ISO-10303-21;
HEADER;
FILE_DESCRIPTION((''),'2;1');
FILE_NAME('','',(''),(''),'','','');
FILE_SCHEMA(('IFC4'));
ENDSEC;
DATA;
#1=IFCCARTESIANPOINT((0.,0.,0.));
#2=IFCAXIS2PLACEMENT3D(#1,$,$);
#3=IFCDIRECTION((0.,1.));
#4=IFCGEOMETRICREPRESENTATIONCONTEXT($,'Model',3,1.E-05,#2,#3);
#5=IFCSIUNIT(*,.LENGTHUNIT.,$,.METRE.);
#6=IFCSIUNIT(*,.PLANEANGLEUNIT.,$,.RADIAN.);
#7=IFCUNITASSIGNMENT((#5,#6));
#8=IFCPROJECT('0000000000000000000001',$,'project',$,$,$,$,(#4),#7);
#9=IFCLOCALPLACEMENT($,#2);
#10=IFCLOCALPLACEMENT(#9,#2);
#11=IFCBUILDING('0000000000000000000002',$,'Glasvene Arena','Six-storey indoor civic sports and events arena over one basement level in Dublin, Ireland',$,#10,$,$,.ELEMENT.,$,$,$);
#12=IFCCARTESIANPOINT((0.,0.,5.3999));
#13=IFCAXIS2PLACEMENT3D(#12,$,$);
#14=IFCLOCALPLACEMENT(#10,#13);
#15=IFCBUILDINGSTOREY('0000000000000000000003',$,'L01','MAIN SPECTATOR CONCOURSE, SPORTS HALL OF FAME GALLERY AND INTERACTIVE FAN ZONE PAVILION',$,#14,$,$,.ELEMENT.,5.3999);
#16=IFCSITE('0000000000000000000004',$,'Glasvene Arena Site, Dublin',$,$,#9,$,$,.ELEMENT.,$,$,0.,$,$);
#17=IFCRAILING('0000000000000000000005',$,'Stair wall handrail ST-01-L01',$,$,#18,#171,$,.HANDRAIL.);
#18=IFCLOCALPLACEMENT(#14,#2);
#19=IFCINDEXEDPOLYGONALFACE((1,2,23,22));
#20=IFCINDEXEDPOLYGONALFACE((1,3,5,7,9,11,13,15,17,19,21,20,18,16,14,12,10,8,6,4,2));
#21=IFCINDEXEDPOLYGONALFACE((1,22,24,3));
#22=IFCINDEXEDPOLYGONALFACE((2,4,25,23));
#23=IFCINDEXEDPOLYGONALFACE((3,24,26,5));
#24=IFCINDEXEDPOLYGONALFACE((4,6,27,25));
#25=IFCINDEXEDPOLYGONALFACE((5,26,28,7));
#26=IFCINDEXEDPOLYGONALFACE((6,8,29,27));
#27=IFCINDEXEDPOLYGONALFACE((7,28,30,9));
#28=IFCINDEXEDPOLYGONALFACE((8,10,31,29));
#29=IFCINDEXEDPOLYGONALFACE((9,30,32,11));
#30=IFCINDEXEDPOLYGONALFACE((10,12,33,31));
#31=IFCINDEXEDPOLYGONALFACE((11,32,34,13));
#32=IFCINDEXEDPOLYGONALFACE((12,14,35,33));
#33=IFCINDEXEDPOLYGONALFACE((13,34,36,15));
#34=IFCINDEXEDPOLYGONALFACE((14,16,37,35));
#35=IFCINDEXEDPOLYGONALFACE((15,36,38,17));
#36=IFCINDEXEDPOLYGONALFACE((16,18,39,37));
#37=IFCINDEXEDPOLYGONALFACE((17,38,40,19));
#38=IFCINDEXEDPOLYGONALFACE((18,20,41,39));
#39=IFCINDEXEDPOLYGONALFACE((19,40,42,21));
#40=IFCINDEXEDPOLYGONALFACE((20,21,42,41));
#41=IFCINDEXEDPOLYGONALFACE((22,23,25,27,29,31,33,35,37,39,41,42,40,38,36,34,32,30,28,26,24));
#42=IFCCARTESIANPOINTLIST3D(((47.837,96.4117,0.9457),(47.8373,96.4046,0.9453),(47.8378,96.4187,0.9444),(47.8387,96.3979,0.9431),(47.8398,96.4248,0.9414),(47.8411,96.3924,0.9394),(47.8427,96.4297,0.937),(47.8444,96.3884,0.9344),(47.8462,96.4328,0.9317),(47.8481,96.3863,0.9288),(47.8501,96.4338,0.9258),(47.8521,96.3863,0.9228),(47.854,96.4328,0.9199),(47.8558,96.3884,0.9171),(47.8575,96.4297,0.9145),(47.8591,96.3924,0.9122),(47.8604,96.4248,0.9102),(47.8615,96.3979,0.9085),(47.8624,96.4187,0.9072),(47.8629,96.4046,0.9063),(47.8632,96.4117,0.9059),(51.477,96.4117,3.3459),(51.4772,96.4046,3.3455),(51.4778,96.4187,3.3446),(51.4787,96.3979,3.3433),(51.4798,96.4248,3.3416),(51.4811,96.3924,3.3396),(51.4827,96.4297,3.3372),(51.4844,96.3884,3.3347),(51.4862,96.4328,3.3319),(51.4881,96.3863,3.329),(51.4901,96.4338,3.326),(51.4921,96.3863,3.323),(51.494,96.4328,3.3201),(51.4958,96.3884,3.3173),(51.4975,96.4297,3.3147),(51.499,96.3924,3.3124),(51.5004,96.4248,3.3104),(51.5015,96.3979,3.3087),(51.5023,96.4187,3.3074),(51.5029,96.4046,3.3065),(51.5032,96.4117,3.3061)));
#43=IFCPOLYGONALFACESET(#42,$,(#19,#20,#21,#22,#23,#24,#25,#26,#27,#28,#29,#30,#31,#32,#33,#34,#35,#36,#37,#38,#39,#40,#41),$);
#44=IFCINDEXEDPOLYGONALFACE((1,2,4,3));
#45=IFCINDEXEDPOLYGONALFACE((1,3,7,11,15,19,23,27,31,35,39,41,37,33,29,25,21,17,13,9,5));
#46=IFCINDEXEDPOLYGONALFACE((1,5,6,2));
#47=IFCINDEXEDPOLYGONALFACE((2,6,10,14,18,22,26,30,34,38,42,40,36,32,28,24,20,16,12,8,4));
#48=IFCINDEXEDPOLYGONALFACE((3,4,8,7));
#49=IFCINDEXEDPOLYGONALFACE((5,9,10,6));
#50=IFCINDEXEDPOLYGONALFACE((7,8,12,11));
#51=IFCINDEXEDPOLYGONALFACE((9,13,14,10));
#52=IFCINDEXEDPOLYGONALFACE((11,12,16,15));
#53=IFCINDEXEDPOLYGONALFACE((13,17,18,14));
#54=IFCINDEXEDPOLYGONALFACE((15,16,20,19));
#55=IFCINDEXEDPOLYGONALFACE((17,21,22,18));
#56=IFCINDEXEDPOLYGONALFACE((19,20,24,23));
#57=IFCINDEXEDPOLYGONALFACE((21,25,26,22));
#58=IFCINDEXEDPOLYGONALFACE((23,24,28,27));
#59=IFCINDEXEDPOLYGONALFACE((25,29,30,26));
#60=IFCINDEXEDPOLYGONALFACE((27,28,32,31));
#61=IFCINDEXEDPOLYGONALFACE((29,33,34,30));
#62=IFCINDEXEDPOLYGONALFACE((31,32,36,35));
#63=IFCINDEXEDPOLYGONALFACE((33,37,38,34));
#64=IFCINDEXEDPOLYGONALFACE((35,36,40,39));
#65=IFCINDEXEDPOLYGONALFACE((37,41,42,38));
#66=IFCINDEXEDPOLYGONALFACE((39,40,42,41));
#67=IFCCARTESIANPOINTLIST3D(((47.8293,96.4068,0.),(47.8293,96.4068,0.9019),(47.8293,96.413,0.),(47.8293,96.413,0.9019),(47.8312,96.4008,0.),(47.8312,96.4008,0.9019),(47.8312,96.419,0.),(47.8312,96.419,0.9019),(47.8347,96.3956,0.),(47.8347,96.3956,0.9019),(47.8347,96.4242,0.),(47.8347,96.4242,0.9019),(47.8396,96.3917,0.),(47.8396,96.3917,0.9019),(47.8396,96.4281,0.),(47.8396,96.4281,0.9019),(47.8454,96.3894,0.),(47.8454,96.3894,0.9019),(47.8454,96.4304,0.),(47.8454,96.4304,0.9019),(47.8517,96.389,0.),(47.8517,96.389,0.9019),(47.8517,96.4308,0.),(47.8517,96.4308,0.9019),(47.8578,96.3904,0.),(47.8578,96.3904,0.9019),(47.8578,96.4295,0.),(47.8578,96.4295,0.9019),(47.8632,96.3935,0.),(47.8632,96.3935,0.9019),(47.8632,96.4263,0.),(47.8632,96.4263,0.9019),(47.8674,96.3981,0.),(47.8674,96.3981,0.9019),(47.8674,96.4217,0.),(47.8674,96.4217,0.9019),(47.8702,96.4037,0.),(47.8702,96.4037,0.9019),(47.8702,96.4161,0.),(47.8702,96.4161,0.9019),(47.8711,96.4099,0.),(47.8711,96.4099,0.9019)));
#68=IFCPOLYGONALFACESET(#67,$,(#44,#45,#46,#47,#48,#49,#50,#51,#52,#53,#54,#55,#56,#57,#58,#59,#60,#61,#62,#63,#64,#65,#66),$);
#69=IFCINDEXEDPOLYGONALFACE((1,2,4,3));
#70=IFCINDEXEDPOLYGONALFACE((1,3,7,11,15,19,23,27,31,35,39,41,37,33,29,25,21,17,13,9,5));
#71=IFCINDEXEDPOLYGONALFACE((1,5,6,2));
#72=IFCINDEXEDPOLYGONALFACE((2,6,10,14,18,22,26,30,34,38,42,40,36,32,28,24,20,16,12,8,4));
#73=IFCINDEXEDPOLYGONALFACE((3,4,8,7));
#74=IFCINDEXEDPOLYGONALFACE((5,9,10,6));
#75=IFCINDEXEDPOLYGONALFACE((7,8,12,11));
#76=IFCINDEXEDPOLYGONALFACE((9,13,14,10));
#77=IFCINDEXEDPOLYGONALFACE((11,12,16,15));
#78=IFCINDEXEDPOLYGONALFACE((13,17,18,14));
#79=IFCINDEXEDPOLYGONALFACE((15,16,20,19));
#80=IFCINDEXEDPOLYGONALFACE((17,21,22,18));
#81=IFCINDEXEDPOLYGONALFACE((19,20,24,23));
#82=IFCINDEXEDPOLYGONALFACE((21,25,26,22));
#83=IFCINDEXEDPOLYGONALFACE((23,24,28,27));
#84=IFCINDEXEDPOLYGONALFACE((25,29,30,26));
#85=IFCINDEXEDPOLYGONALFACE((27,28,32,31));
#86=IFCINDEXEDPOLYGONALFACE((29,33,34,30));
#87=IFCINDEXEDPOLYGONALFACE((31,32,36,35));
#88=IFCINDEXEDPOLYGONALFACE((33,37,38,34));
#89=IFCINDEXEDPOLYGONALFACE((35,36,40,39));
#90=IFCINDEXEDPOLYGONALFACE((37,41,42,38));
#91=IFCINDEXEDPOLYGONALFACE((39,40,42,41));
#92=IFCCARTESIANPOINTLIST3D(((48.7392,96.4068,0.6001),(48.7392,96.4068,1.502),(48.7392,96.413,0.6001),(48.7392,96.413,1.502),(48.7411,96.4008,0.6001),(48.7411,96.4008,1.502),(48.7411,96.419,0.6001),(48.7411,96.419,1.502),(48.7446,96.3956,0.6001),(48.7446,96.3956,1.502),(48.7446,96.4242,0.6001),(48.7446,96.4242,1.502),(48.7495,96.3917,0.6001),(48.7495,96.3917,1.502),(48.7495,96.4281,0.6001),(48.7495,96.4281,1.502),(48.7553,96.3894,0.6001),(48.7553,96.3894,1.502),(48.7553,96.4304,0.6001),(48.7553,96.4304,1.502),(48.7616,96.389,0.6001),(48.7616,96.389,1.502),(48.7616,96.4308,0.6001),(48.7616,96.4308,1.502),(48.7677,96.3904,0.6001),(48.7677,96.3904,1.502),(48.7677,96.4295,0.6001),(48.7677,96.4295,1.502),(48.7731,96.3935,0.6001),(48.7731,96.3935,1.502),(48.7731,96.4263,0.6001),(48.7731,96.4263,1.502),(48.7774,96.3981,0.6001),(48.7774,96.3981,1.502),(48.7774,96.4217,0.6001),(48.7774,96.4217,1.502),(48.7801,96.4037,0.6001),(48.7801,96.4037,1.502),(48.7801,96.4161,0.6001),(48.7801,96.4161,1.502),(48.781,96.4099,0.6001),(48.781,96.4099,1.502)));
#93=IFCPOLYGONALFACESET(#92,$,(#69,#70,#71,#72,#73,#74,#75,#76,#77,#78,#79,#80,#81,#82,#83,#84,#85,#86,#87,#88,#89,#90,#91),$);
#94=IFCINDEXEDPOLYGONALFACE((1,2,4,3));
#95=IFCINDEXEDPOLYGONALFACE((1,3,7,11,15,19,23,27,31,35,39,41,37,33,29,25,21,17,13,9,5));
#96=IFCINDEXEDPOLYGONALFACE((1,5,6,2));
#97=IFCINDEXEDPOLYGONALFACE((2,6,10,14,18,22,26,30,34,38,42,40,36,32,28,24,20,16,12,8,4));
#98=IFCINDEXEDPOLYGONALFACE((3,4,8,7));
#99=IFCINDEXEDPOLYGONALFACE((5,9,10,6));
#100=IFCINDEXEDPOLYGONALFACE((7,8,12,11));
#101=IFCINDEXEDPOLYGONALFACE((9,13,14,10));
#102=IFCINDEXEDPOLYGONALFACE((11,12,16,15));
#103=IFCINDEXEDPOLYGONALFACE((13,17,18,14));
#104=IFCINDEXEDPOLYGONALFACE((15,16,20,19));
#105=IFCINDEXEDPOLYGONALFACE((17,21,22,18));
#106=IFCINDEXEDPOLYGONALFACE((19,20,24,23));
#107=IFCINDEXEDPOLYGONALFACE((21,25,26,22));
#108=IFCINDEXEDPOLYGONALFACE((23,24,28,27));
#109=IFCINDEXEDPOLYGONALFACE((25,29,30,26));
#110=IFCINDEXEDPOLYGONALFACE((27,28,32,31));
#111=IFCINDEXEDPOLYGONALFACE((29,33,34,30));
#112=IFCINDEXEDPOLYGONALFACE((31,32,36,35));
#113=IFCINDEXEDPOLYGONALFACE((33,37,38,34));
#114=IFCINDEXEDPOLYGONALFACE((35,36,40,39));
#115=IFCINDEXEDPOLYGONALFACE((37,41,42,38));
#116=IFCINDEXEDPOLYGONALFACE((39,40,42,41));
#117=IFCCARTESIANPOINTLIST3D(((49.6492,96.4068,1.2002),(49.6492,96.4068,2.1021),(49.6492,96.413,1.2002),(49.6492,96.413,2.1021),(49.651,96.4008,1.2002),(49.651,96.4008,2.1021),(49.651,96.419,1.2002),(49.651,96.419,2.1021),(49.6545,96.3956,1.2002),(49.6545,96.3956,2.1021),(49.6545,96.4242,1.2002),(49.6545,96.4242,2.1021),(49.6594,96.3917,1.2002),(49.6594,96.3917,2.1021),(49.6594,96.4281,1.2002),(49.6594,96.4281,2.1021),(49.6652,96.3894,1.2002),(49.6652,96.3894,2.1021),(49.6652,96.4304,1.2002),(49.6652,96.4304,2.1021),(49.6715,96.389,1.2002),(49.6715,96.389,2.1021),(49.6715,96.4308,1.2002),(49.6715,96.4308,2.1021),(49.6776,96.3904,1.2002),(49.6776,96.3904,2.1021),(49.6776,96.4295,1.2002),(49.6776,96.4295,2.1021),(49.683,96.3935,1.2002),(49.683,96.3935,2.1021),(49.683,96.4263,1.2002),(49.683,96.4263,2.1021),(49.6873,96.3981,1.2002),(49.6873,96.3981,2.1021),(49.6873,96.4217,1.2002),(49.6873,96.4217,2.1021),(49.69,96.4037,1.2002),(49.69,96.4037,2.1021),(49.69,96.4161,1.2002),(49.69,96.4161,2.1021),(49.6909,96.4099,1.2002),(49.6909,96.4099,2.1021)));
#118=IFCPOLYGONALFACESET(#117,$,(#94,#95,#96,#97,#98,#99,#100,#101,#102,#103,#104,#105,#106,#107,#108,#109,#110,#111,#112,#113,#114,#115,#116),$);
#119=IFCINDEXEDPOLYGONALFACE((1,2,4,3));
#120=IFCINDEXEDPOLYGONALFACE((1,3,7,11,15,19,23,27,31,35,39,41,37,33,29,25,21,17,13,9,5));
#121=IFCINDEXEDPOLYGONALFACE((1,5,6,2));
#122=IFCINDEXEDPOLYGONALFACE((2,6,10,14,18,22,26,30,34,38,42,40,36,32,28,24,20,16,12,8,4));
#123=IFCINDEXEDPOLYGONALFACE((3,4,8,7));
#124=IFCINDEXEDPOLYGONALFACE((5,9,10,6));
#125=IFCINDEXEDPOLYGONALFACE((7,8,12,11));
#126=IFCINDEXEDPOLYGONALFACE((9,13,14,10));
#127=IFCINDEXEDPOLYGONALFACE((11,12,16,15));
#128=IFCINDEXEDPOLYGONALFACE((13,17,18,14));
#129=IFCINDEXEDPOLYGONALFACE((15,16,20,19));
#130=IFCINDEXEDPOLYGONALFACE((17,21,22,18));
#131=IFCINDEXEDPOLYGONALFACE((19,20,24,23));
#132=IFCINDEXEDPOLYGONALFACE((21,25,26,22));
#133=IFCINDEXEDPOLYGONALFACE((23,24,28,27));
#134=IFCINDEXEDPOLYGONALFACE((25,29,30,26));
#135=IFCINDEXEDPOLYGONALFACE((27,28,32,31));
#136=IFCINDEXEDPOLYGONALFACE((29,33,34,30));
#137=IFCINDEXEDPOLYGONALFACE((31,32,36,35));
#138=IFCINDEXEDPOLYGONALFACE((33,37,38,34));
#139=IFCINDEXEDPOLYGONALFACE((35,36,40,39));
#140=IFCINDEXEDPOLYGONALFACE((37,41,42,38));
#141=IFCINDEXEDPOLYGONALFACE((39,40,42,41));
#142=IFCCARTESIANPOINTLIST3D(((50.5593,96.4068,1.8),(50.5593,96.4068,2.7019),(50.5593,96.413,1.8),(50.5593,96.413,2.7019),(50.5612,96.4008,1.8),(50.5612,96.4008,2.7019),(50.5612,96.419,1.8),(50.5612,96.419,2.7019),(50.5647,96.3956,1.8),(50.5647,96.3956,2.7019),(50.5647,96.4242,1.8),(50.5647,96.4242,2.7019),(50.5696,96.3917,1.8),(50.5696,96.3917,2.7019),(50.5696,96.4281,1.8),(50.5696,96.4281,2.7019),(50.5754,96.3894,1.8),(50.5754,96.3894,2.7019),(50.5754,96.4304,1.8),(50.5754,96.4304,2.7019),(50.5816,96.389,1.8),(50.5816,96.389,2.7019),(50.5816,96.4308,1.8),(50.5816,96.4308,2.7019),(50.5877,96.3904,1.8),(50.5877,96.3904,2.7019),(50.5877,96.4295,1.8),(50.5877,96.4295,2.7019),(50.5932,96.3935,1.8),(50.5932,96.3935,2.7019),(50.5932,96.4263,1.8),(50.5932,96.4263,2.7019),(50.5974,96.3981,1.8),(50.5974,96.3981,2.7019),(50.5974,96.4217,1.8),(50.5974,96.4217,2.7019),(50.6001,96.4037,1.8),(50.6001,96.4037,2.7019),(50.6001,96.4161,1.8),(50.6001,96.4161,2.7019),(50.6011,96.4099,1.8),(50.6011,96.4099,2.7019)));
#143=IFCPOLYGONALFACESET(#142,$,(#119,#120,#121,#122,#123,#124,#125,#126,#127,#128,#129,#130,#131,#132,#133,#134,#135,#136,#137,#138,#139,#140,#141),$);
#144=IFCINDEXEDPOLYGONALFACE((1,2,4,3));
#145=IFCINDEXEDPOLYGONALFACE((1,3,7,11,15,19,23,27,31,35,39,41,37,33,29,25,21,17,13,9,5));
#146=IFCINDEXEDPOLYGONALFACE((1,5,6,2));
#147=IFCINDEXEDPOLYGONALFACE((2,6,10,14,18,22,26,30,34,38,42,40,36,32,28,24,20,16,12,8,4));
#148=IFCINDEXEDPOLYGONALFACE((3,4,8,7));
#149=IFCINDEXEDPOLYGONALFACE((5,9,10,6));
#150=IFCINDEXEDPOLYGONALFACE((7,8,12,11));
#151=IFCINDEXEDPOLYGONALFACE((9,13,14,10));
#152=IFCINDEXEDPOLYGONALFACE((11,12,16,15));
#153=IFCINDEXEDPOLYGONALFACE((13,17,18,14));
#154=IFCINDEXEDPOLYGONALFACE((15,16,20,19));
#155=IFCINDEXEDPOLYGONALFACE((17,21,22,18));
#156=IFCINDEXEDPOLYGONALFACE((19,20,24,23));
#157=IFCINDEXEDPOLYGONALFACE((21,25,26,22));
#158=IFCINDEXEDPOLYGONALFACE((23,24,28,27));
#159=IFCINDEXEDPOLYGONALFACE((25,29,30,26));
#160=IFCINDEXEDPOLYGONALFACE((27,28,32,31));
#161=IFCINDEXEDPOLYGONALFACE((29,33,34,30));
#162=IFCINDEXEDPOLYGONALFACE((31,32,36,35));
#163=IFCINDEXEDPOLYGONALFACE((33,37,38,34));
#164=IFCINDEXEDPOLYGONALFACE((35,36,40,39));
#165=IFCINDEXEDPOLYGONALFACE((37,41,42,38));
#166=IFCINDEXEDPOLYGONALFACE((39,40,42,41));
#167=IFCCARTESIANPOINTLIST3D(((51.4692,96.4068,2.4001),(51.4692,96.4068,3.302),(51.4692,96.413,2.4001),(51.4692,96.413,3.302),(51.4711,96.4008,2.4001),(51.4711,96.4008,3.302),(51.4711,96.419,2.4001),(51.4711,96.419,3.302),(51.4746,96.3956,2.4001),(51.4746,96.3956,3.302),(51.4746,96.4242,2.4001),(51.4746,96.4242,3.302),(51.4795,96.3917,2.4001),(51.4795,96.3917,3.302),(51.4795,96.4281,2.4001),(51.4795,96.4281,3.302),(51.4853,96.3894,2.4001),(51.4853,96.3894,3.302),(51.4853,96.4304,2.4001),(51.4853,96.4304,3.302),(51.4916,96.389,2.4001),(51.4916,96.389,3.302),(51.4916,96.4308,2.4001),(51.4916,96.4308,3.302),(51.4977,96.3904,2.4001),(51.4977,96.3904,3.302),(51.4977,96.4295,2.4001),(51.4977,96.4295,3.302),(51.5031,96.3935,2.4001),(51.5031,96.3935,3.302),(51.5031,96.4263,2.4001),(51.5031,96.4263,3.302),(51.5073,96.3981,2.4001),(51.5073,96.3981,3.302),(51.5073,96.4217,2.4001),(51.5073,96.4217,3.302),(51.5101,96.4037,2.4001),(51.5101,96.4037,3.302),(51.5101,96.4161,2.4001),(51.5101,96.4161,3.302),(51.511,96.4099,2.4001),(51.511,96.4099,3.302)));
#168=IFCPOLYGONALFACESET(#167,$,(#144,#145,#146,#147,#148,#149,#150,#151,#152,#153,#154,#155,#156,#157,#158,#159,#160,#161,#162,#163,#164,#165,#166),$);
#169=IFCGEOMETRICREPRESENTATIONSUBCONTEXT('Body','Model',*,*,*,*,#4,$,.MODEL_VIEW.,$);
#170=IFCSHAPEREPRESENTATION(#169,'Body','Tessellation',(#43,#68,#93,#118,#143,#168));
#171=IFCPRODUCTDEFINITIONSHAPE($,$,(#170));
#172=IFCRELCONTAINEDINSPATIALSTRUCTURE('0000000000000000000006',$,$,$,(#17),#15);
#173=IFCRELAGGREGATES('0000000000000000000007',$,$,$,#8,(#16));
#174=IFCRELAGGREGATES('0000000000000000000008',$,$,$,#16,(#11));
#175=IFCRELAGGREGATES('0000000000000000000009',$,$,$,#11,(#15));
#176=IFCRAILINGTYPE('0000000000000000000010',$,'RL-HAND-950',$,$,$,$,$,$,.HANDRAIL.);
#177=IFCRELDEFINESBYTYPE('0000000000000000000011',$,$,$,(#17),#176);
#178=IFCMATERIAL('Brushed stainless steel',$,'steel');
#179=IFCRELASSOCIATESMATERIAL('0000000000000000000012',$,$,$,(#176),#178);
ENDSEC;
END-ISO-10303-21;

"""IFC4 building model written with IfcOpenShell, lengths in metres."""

from ifc_helpers import new_model, si_unit, direction, frame, origin, origin_2d, place, context, subcontext, project, spatial, circle, extrude, material, type_object, element, save


model = new_model("IFC4")

# Units and contexts
model_context = context("Model", 3, precision=1e-05, world=origin(), true_north=direction((0.0, 1.0)))
body_context = subcontext(model_context, "Body", "Model", "MODEL_VIEW")
ifc_project = project(units=[si_unit("LENGTHUNIT", "METRE"), si_unit("PLANEANGLEUNIT", "RADIAN")], contexts=[model_context])

# Site, building, storey
site_placement = place(None, origin())
site = spatial("IfcSite", under=ifc_project, at=site_placement, Name="Glasvene Arena Site, Dublin", CompositionType="ELEMENT", RefElevation=0.0)
building_placement = place(site_placement, origin())
building = spatial("IfcBuilding", under=site, at=building_placement, Name="Glasvene Arena", Description="Six-storey indoor civic sports and events arena over one basement level in Dublin, Ireland", CompositionType="ELEMENT")
storey_placement = place(building_placement, frame((0.0, 0.0, 5.3999)))
storey = spatial("IfcBuildingStorey", under=building, at=storey_placement, Name="L01", Description="MAIN SPECTATOR CONCOURSE, SPORTS HALL OF FAME GALLERY AND INTERACTIVE FAN ZONE PAVILION", CompositionType="ELEMENT", Elevation=5.3999)

# Railing
ifc_material_1 = material(Name="Brushed stainless steel", Category="steel")
railing_type_1 = type_object("IfcRailingType", Name="RL-HAND-950", PredefinedType="HANDRAIL", material=ifc_material_1)
railing_1_placement = place(storey_placement, frame((47.8501, 96.4099, 0.0)))
element("IfcRailing", 1, at=railing_1_placement, inside=storey, type_object=railing_type_1, Name="Stair wall handrail ST-01-L01", PredefinedType="HANDRAIL", context=body_context, shape_type="SweptSolid", body=[
    extrude(circle(Radius=0.0239, at=origin_2d()), frame((0.0, 0.0, 0.9258), z_axis=(0.834839, 0.0, 0.550493), x_axis=(0.0, 1.0, 0.0)), (0.0, 0.0, 1.0), 4.3601),
    extrude(circle(Radius=0.021, at=origin_2d()), origin(), (0.0, 0.0, 1.0), 0.9019),
    extrude(circle(Radius=0.021, at=origin_2d()), frame((0.9099, 0.0, 0.6001)), (0.0, 0.0, 1.0), 0.9019),
    extrude(circle(Radius=0.021, at=origin_2d()), frame((1.8198, 0.0, 1.2002)), (0.0, 0.0, 1.0), 0.9019),
    extrude(circle(Radius=0.021, at=origin_2d()), frame((2.73, 0.0, 1.8)), (0.0, 0.0, 1.0), 0.9019),
    extrude(circle(Radius=0.021, at=origin_2d()), frame((3.6399, 0.0, 2.4001)), (0.0, 0.0, 1.0), 0.9019),
])

save(model, "model.ifc")
